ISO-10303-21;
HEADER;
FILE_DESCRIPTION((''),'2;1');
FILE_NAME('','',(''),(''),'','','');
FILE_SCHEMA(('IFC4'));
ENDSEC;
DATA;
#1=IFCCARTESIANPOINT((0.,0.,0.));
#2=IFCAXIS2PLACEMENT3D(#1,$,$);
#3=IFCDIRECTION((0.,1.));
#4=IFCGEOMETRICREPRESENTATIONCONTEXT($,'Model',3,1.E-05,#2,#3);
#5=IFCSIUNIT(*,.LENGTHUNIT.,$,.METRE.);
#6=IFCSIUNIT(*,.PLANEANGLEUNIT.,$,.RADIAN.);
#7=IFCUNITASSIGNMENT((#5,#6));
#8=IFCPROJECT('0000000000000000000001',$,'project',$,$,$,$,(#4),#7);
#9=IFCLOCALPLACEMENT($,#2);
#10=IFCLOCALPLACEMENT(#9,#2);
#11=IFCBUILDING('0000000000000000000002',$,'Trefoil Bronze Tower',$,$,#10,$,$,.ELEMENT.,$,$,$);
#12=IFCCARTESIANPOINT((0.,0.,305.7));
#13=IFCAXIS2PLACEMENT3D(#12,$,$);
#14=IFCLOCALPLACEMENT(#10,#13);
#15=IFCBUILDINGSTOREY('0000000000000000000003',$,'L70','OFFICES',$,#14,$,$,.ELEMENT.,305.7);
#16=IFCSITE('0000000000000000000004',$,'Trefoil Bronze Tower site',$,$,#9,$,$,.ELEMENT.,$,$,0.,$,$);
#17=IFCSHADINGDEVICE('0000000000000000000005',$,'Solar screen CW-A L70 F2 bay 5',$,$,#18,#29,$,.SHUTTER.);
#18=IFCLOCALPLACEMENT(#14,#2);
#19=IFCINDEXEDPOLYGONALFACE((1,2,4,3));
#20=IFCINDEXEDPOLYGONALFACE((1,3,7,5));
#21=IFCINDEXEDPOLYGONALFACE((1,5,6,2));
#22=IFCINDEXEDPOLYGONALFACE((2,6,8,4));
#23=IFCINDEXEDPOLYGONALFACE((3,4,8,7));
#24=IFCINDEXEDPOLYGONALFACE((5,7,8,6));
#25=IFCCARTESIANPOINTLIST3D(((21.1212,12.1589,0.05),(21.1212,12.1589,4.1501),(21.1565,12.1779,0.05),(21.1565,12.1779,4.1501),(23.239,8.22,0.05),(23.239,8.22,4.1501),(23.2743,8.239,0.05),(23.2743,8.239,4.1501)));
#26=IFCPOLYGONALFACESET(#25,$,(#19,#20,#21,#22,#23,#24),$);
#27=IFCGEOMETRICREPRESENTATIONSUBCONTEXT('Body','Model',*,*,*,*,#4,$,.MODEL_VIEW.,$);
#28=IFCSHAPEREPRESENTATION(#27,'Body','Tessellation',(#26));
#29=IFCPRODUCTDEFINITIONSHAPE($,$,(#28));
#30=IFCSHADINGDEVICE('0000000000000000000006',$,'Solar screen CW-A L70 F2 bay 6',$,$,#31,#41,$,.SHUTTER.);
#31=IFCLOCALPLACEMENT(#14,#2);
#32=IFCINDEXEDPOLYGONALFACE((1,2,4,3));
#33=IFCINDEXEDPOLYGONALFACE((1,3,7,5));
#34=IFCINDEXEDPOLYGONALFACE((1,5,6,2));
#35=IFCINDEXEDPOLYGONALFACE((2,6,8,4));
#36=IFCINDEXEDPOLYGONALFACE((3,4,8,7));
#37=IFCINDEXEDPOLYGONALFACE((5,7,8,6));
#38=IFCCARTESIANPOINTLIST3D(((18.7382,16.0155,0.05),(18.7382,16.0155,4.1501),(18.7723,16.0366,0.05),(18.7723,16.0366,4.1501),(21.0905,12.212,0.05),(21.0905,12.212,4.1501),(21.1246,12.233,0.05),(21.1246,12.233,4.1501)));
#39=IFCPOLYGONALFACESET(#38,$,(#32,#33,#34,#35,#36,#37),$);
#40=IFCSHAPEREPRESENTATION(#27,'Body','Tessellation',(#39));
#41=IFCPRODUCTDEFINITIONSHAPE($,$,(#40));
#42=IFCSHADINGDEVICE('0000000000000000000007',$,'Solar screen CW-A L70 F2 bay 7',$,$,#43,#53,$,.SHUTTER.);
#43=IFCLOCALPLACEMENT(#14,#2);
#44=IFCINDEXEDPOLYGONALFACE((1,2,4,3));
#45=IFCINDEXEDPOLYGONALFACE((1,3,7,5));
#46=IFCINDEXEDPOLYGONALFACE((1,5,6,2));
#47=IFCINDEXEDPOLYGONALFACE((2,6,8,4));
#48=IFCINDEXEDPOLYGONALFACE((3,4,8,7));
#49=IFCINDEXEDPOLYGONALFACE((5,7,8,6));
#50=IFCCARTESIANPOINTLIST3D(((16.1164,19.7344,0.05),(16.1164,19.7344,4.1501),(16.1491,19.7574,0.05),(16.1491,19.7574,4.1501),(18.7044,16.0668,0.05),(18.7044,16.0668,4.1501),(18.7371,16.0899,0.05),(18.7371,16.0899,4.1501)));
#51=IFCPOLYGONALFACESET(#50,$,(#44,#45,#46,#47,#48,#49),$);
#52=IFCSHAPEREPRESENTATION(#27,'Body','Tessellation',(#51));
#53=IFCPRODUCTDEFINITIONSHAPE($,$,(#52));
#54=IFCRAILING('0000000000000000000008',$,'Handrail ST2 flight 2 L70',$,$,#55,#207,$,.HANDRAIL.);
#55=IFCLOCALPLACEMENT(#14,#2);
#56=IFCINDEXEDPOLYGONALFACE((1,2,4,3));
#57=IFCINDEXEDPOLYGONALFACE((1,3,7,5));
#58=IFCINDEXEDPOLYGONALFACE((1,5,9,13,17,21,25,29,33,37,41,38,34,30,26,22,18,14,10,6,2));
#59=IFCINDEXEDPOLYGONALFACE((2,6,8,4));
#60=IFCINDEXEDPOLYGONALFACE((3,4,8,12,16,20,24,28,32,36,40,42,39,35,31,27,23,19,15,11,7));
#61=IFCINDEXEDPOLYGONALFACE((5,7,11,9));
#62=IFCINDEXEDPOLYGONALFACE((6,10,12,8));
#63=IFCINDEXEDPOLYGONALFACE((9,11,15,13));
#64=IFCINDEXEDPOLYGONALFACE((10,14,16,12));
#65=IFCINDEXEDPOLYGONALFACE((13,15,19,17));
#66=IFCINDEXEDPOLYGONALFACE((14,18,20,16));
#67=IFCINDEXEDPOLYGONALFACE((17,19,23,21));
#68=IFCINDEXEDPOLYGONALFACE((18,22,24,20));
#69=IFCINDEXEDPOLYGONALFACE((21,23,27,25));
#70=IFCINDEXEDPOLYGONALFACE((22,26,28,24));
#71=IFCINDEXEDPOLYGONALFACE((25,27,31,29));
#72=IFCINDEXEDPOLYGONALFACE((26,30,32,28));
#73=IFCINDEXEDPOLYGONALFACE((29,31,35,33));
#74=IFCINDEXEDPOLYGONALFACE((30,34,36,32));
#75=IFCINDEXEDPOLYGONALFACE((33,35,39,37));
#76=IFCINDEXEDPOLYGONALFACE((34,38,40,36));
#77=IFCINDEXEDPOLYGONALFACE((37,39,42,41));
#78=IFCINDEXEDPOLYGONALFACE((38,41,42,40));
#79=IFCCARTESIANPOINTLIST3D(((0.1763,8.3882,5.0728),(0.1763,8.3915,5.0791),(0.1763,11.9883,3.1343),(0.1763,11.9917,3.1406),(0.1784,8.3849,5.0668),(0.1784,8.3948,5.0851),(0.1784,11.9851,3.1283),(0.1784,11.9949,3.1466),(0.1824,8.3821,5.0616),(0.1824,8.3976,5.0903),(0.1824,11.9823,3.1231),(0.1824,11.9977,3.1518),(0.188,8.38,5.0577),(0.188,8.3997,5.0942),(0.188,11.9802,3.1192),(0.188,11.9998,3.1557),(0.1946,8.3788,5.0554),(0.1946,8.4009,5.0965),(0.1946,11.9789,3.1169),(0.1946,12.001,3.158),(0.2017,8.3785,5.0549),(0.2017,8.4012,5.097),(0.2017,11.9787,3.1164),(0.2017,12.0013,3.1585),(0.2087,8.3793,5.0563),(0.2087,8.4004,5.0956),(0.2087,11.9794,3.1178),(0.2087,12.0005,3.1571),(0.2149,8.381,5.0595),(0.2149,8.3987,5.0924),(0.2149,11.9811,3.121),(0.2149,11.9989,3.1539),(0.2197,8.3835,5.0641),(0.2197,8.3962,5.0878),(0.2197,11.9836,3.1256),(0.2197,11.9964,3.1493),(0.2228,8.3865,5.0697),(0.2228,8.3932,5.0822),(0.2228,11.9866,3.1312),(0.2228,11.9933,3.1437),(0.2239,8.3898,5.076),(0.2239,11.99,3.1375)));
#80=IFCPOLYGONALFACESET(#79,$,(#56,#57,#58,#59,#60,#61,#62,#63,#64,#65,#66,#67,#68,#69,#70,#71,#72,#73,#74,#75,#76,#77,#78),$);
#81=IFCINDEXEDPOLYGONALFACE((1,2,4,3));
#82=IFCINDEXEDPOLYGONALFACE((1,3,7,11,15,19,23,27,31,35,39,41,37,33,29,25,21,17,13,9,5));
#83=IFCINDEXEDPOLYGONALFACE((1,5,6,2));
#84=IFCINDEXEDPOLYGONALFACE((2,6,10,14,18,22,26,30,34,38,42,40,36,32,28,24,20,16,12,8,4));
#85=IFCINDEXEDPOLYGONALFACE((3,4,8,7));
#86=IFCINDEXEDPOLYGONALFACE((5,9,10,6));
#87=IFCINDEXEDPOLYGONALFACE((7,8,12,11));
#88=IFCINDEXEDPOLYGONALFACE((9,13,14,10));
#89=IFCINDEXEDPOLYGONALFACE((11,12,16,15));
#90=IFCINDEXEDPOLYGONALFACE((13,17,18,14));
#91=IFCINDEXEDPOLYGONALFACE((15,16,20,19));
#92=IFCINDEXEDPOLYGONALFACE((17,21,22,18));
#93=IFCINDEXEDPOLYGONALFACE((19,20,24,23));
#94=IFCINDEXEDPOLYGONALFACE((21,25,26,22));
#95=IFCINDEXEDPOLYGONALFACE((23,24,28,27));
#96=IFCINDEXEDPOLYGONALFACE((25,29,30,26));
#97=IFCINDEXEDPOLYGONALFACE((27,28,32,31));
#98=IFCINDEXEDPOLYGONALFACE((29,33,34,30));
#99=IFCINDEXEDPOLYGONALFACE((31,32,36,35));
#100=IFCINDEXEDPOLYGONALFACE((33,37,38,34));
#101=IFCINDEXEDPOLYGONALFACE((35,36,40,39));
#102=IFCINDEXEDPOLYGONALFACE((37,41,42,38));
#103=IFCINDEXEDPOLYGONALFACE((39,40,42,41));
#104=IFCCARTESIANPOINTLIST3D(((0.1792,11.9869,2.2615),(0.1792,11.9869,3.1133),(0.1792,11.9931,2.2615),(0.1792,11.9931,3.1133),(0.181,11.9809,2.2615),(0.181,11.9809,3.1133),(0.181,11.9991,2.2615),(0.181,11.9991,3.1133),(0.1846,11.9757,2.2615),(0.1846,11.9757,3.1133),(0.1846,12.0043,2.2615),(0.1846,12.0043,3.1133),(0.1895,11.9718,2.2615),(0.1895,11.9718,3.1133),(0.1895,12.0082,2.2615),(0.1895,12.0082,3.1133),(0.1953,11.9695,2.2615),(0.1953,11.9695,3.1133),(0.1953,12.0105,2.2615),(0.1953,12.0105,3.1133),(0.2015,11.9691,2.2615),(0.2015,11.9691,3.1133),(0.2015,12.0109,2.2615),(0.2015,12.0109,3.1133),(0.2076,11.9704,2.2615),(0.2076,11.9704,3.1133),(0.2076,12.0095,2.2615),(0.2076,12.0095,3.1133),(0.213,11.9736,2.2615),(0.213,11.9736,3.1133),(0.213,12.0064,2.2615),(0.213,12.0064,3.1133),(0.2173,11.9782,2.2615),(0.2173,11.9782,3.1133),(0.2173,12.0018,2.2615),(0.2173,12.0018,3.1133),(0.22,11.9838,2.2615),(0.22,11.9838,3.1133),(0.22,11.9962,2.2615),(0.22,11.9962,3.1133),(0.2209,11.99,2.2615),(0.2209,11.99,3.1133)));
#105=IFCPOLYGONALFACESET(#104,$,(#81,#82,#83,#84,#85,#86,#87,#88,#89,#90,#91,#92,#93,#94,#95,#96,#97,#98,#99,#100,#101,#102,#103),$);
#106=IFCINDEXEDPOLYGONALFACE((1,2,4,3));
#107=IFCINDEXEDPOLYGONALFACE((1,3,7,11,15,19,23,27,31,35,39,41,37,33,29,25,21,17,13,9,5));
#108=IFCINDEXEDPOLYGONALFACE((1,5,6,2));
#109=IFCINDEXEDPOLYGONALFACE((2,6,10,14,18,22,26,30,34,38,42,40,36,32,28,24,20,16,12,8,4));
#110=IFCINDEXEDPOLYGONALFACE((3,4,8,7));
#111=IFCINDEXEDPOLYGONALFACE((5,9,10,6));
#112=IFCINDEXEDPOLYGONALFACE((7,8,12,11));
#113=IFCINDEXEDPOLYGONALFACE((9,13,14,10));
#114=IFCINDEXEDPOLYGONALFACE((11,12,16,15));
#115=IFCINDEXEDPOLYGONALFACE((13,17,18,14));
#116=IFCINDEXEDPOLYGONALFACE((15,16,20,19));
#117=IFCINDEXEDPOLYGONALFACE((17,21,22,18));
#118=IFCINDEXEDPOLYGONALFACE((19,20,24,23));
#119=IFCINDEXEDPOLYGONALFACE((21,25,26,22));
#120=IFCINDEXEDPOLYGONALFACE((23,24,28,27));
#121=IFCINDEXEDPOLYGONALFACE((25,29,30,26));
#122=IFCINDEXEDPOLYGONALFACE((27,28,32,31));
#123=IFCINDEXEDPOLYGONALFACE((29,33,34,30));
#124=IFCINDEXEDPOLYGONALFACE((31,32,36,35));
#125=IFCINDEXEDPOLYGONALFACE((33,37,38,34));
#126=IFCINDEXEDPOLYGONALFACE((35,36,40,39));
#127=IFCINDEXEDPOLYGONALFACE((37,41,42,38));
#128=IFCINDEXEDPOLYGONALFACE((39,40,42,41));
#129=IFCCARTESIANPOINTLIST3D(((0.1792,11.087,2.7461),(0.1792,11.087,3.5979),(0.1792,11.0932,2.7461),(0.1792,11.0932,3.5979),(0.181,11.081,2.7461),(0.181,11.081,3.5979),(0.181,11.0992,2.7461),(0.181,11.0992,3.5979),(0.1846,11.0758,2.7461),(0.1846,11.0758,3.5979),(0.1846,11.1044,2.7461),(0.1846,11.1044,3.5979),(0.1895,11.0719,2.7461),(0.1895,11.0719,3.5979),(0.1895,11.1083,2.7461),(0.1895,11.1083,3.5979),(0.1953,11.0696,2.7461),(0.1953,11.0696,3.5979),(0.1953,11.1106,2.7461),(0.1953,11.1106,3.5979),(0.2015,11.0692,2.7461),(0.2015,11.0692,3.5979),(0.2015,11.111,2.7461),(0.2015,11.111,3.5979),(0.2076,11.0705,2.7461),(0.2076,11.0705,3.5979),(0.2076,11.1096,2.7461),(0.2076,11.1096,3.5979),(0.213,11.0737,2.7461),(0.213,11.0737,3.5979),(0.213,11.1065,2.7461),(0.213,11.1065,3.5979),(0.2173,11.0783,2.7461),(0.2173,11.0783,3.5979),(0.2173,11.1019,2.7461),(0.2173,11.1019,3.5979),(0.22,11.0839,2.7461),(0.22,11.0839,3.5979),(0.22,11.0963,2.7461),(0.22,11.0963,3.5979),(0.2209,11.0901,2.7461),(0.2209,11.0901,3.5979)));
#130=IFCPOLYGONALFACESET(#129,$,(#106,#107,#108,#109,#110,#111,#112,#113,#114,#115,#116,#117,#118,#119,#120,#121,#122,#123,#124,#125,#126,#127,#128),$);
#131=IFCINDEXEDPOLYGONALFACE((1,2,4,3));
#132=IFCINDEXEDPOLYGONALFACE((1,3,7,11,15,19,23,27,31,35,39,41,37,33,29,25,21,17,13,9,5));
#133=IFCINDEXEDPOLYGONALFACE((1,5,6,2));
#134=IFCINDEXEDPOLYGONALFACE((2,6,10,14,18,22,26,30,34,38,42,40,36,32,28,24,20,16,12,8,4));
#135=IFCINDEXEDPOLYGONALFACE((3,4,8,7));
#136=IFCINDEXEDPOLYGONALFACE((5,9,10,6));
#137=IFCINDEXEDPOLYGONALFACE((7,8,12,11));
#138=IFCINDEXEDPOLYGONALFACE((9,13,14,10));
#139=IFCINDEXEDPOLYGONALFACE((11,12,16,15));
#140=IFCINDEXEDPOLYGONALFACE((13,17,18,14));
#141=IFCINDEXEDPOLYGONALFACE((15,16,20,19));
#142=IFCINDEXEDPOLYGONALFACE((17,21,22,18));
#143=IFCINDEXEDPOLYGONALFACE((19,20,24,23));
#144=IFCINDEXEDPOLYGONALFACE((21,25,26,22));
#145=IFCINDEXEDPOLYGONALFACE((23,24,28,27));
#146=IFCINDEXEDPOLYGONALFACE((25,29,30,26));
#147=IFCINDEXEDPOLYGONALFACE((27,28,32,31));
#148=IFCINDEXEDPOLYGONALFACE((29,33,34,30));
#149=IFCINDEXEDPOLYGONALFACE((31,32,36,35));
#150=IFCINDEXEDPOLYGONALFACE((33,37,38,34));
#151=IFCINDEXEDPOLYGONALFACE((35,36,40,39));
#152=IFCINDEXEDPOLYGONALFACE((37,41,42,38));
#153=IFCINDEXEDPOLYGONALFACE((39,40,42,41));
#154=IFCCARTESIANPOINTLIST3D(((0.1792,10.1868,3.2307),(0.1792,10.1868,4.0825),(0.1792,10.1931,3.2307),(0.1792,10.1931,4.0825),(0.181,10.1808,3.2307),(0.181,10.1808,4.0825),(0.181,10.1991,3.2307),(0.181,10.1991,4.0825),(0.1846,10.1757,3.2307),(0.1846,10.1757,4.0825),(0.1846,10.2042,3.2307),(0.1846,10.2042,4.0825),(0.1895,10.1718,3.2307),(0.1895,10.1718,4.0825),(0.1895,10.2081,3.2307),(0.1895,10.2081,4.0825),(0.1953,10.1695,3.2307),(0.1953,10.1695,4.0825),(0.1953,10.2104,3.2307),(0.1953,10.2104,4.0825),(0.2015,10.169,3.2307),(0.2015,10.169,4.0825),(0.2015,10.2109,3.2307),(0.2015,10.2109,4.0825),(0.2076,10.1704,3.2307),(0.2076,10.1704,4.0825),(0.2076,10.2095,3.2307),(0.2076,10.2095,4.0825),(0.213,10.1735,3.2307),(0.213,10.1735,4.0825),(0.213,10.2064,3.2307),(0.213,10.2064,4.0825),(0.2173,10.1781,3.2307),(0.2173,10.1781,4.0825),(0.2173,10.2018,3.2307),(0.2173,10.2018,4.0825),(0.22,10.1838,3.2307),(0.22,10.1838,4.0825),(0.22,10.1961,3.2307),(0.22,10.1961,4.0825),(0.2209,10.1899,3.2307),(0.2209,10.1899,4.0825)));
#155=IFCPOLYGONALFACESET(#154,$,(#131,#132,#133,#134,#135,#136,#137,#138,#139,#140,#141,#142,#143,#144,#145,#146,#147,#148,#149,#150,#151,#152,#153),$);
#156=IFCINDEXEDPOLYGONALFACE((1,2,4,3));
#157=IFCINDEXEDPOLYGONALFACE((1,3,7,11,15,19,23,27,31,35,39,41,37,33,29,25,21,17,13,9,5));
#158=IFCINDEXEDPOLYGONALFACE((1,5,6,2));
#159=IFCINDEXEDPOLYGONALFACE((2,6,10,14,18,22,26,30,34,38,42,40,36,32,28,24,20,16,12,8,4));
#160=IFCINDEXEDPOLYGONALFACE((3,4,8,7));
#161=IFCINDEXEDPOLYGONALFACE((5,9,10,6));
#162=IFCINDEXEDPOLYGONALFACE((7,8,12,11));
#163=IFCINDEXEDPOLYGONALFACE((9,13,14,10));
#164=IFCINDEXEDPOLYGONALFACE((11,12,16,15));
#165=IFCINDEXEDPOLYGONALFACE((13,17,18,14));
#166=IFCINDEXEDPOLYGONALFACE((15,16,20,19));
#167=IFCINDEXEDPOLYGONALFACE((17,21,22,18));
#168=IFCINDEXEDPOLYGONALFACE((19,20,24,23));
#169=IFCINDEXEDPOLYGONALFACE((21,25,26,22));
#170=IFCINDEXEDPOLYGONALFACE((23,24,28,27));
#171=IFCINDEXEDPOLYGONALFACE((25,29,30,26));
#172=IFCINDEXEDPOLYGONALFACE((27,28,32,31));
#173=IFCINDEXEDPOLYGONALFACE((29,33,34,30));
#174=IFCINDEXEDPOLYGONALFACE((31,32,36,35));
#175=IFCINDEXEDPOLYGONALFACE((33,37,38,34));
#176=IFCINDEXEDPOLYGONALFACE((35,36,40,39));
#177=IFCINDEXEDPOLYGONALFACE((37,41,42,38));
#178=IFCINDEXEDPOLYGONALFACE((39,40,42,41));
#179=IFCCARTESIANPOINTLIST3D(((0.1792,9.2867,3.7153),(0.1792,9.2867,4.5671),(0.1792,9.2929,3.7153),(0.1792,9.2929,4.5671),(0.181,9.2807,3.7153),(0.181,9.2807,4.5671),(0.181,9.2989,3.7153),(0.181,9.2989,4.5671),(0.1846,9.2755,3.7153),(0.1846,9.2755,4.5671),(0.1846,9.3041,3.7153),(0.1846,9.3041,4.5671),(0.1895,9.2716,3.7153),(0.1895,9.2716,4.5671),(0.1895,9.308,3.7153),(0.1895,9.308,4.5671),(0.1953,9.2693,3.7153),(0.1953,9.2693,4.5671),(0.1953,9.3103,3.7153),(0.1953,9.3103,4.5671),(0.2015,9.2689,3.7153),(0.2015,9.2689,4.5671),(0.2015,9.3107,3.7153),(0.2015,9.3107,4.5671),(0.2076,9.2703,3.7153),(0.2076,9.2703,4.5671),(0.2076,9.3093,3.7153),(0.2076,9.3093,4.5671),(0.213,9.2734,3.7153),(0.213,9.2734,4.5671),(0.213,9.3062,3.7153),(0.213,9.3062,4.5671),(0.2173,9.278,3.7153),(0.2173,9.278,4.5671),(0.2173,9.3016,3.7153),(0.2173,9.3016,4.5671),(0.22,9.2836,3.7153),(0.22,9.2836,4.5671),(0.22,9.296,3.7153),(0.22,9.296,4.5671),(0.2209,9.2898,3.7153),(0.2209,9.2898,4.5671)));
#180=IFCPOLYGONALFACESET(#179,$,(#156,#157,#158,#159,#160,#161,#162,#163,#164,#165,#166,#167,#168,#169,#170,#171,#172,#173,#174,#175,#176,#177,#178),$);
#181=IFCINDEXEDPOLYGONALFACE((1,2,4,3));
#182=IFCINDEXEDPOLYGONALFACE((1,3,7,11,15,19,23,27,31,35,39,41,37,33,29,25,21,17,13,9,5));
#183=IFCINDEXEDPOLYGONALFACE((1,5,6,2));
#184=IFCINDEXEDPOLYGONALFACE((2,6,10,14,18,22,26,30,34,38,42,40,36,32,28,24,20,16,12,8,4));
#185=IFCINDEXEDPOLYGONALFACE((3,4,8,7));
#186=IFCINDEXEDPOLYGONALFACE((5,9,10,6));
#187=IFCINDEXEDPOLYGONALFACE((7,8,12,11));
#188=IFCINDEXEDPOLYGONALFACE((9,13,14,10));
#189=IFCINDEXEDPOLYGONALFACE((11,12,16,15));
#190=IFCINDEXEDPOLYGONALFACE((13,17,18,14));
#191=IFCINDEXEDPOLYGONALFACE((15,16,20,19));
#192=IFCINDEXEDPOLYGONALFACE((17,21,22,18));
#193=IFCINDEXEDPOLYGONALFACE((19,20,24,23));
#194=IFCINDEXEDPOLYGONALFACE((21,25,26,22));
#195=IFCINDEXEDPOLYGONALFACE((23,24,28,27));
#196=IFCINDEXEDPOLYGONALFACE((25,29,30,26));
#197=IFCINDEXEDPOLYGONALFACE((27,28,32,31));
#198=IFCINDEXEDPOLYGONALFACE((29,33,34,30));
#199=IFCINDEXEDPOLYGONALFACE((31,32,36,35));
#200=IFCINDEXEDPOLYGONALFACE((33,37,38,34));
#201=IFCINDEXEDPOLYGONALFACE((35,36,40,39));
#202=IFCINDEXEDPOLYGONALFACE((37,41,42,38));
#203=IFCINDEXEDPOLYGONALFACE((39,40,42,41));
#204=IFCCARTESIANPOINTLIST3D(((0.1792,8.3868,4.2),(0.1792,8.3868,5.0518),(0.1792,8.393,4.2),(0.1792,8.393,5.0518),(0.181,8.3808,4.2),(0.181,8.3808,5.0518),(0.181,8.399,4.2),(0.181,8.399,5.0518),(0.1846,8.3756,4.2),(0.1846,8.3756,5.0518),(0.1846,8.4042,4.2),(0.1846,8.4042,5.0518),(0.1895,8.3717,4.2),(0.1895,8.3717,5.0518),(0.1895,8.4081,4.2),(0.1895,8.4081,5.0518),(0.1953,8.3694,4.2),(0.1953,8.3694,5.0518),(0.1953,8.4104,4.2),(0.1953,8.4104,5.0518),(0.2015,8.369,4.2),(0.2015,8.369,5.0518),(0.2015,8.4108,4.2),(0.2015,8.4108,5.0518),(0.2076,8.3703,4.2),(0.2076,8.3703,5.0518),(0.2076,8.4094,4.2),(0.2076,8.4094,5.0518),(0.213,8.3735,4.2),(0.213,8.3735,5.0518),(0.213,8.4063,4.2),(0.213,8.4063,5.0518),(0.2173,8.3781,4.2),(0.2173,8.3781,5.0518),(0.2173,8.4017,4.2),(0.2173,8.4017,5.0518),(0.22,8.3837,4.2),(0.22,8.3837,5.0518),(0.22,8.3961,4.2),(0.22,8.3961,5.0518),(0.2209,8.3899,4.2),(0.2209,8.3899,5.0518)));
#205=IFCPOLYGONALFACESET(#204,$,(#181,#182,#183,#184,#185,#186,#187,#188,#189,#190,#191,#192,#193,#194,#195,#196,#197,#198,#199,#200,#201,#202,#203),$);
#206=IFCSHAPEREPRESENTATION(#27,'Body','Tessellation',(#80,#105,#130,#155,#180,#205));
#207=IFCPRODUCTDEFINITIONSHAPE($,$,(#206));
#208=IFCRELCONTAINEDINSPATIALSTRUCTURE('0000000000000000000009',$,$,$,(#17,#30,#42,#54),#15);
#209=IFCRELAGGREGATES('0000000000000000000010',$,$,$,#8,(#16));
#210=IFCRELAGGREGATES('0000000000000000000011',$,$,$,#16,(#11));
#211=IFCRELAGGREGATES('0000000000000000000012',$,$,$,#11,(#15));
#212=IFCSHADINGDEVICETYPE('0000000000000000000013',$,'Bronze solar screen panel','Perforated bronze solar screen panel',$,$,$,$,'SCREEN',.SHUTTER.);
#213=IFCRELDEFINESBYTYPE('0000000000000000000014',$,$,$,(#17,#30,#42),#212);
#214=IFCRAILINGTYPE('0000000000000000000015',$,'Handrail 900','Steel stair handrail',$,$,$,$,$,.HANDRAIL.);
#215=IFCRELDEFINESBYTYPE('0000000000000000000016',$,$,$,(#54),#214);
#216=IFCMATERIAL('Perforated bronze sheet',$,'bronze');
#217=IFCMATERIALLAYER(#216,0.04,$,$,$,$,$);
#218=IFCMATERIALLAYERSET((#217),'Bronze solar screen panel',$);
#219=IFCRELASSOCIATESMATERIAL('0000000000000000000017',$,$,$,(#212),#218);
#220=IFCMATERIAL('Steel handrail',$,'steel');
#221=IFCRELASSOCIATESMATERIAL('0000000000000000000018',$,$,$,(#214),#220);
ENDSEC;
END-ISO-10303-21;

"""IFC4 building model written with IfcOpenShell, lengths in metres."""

from ifc_helpers import new_model, si_unit, direction, frame, origin, origin_2d, place, context, subcontext, project, spatial, rectangle, circle, extrude, material, layer, layer_set, type_object, element, save


model = new_model("IFC4")

# Units and contexts
model_context = context("Model", 3, precision=1e-05, world=origin(), true_north=direction((0.0, 1.0)))
body_context = subcontext(model_context, "Body", "Model", "MODEL_VIEW")
ifc_project = project(units=[si_unit("LENGTHUNIT", "METRE"), si_unit("PLANEANGLEUNIT", "RADIAN")], contexts=[model_context])

# Site, building, storey
site_placement = place(None, origin())
site = spatial("IfcSite", under=ifc_project, at=site_placement, Name="Trefoil Bronze Tower site", CompositionType="ELEMENT", RefElevation=0.0)
building_placement = place(site_placement, origin())
building = spatial("IfcBuilding", under=site, at=building_placement, Name="Trefoil Bronze Tower", CompositionType="ELEMENT")
storey_placement = place(building_placement, frame((0.0, 0.0, 305.7)))
storey = spatial("IfcBuildingStorey", under=building, at=storey_placement, Name="L70", Description="OFFICES", CompositionType="ELEMENT", Elevation=305.7)

# Shading devices
ifc_material_1 = material(Name="Perforated bronze sheet", Category="bronze")
ifc_layer_1 = layer(ifc_material_1, 0.04)
ifc_layer_set_1 = layer_set([ifc_layer_1], Name="Bronze solar screen panel")
shading_device_type = type_object("IfcShadingDeviceType", Name="Bronze solar screen panel", Description="Perforated bronze solar screen panel", ElementType="SCREEN", PredefinedType="SHUTTER", material=ifc_layer_set_1)
for number, where, z_axis, x_axis, name in (
    (1, (22.1978, 10.199, 0.05), (0.0, 0.0, 1.0), (-0.473562, 0.88076, 0.0), "Solar screen CW-A L70 F2 bay 5"),
    (2, (19.9314, 14.1243, 0.05), (0.0, 0.0, 1.0), (-0.52598, 0.850497, 0.0), "Solar screen CW-A L70 F2 bay 6"),
):
    element("IfcShadingDevice", number, at=place(storey_placement, frame(where, z_axis=z_axis, x_axis=x_axis)), inside=storey, type_object=shading_device_type, Name=name, PredefinedType="SHUTTER", context=body_context, shape_type="SweptSolid", body=[
        extrude(rectangle(XDim=4.4722, YDim=0.04, at=origin_2d()), origin(), (0.0, 0.0, 1.0), 4.1001),
    ])
shading_device_placement = place(storey_placement, frame((17.4268, 17.9121, 0.05), z_axis=(0.0, 0.0, 1.0), x_axis=(-0.576561, 0.817054, 0.0)))
element("IfcShadingDevice", 3, at=shading_device_placement, inside=storey, type_object=shading_device_type, Name="Solar screen CW-A L70 F2 bay 7", PredefinedType="SHUTTER", context=body_context, shape_type="SweptSolid", body=[
    extrude(rectangle(XDim=4.4888, YDim=0.04, at=origin_2d()), origin(), (0.0, 0.0, 1.0), 4.1001),
])

# Railing
ifc_material_2 = material(Name="Steel handrail", Category="steel")
railing_type = type_object("IfcRailingType", Name="Handrail 900", Description="Steel stair handrail", PredefinedType="HANDRAIL", material=ifc_material_2)
railing_placement = place(storey_placement, frame((0.2, 11.99, 2.2615)))
element("IfcRailing", 4, at=railing_placement, inside=storey, type_object=railing_type, Name="Handrail ST2 flight 2 L70", PredefinedType="HANDRAIL", context=body_context, shape_type="SweptSolid", body=[
    extrude(circle(Radius=0.0239, at=origin_2d()), frame((0.0, 0.0, 0.876), z_axis=(0.0, -0.880475, 0.474093), x_axis=(1.0, 0.0, 0.0)), (0.0, 0.0, 1.0), 4.0889),
    extrude(circle(Radius=0.021, at=origin_2d()), origin(), (0.0, 0.0, 1.0), 0.8518),
    extrude(circle(Radius=0.021, at=origin_2d()), frame((0.0, -0.8999, 0.4846)), (0.0, 0.0, 1.0), 0.8518),
    extrude(circle(Radius=0.021, at=origin_2d()), frame((0.0, -1.8, 0.9692)), (0.0, 0.0, 1.0), 0.8518),
    extrude(circle(Radius=0.021, at=origin_2d()), frame((0.0, -2.7002, 1.4539)), (0.0, 0.0, 1.0), 0.8518),
    extrude(circle(Radius=0.021, at=origin_2d()), frame((0.0, -3.6001, 1.9385)), (0.0, 0.0, 1.0), 0.8518),
])

save(model, "model.ifc")
